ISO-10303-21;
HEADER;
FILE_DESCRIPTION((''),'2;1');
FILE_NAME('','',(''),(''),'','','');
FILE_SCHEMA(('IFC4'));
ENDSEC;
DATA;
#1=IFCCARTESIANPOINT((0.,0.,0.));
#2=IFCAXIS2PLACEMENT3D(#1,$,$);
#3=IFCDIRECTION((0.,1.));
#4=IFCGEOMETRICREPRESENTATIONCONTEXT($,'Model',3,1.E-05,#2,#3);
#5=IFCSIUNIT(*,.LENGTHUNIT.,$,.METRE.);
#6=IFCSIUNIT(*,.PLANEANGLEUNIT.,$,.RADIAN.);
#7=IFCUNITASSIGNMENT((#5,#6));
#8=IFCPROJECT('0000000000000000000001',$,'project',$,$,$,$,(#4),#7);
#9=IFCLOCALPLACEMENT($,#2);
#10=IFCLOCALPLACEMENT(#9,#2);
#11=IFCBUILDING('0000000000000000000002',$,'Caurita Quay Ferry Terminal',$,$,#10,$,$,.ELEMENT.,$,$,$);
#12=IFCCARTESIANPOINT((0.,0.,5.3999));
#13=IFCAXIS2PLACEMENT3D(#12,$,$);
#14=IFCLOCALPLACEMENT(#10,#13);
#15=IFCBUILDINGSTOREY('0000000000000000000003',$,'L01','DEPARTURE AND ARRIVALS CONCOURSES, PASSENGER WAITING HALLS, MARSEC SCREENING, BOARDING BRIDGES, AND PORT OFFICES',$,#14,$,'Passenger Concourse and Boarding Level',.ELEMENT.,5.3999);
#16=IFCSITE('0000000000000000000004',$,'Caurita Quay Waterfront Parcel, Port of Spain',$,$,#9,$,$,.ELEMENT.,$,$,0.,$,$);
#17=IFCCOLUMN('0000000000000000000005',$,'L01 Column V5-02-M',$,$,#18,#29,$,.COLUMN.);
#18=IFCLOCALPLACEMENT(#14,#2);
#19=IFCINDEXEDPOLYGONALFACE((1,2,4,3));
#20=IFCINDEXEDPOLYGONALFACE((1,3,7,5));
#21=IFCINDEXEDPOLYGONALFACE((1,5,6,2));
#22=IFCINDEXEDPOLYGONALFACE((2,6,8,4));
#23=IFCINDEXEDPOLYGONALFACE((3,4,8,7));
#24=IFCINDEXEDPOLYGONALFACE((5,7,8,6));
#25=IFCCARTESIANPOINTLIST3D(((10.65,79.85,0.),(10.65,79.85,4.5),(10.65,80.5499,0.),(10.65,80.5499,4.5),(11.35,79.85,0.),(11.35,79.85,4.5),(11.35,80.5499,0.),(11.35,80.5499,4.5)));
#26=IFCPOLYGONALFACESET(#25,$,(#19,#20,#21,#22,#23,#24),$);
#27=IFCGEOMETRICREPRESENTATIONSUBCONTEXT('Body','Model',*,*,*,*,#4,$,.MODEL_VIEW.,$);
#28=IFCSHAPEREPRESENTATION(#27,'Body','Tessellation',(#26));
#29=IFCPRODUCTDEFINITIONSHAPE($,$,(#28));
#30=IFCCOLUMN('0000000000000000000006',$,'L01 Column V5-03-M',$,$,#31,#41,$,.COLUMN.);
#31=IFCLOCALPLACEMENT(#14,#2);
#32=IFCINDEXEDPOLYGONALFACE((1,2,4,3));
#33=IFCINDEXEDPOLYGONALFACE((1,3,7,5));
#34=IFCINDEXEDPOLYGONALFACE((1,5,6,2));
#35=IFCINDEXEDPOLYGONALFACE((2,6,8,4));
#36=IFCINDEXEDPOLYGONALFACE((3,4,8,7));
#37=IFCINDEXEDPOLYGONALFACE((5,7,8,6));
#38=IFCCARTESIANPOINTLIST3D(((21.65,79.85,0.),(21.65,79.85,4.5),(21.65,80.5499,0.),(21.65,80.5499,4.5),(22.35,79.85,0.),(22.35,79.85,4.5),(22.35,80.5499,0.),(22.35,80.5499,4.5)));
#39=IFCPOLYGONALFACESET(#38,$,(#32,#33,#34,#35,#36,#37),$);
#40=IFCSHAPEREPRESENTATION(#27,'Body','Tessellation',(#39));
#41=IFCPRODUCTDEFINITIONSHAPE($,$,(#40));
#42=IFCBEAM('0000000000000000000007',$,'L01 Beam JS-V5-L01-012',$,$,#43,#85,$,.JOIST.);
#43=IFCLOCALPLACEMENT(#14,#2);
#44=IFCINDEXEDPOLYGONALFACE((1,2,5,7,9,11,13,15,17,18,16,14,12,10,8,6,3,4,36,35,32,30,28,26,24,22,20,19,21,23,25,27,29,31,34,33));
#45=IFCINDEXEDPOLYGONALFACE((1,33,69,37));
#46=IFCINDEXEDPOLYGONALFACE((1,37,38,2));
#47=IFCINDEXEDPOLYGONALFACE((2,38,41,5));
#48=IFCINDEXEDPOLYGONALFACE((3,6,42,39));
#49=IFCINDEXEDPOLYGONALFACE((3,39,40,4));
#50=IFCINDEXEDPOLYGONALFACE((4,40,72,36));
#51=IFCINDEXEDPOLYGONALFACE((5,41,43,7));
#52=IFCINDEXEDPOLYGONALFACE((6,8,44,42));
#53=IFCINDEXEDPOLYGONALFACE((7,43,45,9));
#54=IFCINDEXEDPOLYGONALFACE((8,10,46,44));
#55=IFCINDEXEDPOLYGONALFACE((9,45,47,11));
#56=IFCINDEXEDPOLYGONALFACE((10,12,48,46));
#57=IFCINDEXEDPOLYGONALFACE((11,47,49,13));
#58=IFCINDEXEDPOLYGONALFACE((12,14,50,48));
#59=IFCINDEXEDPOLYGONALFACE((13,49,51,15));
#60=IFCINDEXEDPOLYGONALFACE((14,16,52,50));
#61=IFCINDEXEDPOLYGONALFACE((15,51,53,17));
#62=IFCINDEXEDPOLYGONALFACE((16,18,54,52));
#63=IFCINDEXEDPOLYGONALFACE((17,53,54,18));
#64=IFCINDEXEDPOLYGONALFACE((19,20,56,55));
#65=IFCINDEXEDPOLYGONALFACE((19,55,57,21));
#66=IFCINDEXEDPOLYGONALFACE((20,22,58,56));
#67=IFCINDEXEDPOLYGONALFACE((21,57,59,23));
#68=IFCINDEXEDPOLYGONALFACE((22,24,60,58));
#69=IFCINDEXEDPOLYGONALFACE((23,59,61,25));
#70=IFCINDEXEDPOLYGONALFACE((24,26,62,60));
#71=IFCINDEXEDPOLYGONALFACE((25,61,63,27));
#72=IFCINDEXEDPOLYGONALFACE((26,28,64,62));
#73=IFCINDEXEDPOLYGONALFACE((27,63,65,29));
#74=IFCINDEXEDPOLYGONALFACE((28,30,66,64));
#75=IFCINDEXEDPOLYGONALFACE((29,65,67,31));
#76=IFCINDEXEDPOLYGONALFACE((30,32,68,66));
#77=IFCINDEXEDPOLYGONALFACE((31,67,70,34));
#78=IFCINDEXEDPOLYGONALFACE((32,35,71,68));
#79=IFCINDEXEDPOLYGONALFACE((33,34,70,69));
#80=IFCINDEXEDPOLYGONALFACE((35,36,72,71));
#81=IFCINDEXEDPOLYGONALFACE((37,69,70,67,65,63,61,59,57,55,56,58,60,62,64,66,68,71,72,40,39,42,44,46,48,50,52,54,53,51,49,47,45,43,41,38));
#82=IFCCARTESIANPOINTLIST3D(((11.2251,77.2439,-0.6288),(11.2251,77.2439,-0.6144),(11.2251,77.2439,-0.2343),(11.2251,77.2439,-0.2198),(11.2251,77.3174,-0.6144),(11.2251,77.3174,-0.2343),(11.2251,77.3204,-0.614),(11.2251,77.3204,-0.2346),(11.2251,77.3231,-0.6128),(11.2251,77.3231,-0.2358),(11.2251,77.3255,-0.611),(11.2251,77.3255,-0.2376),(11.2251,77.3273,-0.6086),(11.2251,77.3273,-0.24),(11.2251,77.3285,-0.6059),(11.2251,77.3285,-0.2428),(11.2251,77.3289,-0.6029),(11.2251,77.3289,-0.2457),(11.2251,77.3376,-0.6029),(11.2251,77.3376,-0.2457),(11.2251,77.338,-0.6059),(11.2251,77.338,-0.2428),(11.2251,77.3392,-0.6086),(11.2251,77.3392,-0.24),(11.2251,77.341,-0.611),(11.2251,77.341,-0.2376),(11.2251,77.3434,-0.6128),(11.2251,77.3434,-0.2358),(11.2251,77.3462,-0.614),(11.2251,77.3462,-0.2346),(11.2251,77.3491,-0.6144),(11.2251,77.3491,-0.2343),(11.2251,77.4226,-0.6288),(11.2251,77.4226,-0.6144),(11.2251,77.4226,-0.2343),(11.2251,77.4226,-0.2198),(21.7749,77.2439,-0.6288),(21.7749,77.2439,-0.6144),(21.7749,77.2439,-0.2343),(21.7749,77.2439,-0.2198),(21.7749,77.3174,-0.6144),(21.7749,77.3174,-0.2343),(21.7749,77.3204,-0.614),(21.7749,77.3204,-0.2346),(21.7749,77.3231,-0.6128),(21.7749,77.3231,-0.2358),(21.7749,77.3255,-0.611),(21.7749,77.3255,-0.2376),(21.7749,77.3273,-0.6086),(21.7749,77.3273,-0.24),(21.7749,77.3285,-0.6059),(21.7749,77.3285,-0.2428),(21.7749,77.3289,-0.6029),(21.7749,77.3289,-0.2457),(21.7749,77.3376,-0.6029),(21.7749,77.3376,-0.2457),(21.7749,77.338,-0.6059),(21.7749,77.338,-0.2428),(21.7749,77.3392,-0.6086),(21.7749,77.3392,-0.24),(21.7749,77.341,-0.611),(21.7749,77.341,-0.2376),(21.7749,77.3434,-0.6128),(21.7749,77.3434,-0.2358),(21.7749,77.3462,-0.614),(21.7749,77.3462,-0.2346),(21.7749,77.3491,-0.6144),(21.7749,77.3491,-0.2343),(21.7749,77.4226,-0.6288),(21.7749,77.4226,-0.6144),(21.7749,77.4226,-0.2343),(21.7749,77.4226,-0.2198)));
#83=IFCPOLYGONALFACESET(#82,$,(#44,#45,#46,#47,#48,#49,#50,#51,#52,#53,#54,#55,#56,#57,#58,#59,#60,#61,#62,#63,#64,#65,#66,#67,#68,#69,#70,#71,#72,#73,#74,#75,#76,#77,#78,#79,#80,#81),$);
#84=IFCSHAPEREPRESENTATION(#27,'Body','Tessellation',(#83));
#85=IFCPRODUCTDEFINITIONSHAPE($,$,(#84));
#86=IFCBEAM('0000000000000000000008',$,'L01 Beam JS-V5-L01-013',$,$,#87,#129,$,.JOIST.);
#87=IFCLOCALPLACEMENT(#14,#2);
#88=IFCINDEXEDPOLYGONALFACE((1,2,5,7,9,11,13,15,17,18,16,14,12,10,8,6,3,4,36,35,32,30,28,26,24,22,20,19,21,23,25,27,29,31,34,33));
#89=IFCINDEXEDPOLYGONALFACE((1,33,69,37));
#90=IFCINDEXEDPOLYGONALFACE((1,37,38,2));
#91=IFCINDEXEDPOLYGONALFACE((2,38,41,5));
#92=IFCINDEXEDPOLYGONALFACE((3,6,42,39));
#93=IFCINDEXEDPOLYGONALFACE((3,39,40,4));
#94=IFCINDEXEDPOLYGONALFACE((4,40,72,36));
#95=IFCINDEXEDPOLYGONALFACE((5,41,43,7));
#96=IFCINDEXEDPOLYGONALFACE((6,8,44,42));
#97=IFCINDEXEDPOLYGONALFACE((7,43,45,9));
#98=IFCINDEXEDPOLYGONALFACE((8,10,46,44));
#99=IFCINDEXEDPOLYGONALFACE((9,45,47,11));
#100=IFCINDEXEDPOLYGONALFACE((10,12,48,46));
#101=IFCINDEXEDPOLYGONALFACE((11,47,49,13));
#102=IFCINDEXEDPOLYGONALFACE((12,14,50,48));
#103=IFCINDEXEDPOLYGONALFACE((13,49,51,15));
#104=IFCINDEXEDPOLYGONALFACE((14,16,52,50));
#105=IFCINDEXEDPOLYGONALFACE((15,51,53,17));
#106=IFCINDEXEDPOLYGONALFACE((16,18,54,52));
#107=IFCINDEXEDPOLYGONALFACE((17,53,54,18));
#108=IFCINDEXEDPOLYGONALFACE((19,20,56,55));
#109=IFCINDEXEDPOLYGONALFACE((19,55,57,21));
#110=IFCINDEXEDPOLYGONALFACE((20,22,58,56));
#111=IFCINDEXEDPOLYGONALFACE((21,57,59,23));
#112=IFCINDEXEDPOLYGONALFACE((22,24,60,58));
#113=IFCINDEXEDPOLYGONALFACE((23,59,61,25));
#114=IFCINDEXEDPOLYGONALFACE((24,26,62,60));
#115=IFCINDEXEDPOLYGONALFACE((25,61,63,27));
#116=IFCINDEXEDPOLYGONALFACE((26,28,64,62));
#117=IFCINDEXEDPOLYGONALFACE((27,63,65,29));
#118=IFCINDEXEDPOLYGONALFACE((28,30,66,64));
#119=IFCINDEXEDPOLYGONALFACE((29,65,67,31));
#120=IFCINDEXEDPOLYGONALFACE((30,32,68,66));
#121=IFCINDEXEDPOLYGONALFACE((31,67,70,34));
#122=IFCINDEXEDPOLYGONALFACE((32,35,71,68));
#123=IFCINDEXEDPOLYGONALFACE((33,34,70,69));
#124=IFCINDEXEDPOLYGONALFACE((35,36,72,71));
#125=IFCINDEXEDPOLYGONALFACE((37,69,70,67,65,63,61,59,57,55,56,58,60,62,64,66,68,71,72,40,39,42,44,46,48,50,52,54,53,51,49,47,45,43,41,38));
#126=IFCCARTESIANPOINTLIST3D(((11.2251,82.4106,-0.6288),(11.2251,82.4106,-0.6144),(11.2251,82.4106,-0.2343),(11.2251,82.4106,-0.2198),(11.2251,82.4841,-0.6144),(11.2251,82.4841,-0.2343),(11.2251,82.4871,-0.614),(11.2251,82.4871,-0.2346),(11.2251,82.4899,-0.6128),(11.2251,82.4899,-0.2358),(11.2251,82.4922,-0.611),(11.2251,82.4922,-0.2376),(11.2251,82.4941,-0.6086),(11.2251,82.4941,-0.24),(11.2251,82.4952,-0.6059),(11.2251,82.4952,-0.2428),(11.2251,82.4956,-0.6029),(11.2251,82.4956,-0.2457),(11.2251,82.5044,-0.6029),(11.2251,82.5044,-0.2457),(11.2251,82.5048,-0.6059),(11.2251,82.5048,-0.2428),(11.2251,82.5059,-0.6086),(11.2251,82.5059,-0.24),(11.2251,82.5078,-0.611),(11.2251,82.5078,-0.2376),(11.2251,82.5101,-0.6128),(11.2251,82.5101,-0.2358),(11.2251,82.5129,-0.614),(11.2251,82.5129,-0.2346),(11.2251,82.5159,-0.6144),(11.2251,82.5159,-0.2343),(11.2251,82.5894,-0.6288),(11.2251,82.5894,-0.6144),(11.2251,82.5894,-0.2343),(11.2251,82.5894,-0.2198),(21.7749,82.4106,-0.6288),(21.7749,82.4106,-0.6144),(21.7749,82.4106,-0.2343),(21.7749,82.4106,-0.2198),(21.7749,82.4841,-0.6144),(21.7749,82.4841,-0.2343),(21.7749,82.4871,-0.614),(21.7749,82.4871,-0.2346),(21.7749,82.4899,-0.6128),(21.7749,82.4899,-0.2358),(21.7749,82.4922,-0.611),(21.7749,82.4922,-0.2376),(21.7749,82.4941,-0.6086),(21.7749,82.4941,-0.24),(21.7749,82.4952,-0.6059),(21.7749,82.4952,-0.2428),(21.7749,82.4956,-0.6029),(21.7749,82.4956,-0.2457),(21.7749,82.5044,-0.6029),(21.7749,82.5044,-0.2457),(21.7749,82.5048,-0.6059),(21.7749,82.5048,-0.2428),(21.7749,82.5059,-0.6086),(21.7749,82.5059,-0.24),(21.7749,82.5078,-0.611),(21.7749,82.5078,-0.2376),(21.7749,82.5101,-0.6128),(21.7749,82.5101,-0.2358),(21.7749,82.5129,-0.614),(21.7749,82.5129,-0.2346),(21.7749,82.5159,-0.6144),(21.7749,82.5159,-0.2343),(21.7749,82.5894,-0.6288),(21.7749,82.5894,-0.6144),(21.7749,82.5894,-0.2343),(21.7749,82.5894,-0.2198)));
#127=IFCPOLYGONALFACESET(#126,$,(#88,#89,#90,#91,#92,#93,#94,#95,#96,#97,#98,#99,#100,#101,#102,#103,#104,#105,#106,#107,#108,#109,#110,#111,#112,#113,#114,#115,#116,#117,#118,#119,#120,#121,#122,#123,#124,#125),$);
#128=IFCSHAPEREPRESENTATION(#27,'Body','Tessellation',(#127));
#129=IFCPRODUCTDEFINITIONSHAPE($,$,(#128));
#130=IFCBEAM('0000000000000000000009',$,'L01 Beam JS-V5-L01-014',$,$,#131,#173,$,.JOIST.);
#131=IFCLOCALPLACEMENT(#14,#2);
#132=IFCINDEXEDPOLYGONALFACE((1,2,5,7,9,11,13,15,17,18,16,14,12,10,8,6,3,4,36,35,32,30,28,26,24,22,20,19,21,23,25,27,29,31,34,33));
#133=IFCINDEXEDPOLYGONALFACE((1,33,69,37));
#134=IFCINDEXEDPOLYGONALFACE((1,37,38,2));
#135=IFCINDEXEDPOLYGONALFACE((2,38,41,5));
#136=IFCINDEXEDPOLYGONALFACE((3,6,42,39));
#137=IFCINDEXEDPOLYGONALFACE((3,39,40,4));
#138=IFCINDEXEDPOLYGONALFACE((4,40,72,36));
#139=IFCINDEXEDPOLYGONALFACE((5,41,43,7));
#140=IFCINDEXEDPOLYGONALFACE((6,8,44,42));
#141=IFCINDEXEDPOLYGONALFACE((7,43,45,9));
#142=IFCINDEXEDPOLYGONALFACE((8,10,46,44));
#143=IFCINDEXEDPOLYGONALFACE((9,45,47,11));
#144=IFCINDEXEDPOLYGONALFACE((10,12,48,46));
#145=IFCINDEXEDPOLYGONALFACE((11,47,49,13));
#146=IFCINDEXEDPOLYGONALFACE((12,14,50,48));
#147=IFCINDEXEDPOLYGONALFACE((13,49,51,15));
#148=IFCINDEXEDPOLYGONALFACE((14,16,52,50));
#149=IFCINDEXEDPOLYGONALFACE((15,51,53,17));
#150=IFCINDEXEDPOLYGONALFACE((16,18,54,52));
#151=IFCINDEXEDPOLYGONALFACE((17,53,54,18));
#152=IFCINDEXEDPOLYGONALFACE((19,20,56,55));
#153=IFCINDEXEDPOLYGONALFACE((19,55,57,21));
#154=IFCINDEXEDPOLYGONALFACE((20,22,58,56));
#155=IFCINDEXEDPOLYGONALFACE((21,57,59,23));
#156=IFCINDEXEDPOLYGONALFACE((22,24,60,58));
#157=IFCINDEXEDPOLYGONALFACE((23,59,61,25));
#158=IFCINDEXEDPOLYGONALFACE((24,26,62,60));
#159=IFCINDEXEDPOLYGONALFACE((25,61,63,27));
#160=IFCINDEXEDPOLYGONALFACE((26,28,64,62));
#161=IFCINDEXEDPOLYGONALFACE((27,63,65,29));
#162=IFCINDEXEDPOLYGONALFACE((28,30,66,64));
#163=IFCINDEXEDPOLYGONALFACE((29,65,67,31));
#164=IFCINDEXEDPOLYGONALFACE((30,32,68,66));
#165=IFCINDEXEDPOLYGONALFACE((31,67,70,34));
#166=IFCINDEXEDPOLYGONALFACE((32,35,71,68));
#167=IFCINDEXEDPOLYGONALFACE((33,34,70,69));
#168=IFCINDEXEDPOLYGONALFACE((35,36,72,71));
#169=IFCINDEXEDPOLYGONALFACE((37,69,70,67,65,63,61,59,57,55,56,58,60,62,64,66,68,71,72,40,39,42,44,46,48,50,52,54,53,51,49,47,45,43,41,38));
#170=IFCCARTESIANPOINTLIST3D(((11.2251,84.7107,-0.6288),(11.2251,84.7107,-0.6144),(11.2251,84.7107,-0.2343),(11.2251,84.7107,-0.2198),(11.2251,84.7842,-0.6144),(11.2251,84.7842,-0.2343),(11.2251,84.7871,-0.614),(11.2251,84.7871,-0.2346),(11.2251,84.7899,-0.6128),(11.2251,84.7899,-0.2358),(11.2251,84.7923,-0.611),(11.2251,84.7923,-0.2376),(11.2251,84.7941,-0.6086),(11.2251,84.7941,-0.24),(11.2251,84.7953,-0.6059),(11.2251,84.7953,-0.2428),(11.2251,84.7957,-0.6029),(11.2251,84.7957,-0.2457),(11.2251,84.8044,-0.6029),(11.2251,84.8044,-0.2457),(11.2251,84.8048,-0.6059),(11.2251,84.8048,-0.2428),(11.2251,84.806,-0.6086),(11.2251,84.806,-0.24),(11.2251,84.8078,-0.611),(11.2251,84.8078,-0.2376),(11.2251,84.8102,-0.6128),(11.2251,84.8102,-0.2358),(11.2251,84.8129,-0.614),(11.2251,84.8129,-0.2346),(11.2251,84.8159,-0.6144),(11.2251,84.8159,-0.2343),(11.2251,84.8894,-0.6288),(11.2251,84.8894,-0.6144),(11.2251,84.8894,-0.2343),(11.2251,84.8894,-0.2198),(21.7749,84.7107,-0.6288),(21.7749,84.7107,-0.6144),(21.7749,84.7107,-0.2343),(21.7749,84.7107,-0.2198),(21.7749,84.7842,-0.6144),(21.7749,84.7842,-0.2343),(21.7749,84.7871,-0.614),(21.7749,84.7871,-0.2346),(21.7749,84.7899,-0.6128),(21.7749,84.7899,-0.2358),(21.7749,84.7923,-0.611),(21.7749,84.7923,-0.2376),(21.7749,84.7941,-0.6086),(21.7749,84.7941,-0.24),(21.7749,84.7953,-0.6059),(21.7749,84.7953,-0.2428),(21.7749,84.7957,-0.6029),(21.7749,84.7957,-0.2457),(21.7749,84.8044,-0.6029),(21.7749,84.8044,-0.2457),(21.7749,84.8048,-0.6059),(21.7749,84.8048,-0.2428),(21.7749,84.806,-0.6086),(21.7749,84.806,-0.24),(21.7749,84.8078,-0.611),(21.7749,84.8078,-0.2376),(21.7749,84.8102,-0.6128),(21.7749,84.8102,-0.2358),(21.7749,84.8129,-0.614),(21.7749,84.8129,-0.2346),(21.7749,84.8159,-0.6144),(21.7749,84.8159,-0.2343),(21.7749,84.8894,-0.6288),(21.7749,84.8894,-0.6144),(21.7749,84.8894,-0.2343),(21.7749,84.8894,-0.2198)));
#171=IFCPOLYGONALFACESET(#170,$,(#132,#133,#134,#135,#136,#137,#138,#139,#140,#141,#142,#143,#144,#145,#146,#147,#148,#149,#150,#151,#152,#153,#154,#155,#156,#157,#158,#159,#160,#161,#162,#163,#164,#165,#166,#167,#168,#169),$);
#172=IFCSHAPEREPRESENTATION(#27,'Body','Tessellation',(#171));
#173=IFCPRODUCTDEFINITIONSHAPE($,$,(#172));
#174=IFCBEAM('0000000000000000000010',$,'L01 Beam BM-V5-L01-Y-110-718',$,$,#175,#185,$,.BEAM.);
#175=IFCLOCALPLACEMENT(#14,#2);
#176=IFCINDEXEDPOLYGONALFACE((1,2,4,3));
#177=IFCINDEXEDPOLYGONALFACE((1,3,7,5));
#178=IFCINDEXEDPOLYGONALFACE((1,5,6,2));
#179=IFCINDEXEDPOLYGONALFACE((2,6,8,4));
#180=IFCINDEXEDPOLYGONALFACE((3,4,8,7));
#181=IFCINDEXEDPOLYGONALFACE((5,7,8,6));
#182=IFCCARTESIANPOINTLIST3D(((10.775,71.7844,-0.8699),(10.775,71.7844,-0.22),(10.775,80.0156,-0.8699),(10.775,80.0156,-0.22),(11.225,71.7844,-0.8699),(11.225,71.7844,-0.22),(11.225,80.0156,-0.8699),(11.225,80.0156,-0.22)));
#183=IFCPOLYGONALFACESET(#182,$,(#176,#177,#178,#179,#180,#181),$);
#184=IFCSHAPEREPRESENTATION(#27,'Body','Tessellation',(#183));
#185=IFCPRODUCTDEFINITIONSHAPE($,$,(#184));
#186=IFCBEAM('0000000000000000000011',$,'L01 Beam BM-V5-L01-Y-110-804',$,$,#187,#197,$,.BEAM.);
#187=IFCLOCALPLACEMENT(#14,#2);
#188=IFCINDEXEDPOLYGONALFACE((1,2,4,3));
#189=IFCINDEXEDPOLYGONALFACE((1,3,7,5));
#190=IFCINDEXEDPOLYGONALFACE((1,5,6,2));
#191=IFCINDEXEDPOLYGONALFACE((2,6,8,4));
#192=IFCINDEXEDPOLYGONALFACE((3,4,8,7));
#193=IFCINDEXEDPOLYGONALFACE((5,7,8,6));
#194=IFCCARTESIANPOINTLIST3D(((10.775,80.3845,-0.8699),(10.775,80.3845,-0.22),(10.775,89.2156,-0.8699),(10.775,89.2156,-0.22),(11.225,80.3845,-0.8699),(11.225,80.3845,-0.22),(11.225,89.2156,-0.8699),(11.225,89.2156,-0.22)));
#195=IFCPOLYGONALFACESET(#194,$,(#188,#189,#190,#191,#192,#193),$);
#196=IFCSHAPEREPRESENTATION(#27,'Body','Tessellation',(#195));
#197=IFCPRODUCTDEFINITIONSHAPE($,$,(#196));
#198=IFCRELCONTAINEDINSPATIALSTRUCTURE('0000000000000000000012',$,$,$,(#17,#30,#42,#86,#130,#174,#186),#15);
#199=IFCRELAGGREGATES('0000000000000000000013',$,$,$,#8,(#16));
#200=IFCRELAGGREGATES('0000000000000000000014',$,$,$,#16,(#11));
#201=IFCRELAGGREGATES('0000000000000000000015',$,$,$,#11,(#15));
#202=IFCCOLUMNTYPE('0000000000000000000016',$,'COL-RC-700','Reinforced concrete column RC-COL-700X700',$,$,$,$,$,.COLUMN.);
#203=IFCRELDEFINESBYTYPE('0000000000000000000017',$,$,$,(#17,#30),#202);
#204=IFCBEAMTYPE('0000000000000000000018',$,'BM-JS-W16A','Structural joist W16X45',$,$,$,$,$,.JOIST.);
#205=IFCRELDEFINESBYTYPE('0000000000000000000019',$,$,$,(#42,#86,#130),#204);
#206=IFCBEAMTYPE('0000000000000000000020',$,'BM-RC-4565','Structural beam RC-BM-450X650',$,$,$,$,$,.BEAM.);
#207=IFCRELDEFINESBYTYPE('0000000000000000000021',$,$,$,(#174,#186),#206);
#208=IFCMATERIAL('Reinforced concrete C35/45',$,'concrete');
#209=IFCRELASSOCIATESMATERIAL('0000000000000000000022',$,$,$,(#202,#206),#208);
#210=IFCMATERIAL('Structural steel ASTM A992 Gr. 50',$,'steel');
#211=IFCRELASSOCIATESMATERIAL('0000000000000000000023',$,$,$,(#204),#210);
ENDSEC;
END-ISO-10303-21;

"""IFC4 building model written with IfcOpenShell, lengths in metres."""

from ifc_helpers import new_model, si_unit, direction, frame, origin, origin_2d, place, context, subcontext, project, spatial, rectangle, i_section, extrude, material, material_profile, profile_set, type_object, element, save


model = new_model("IFC4")

# Units and contexts
model_context = context("Model", 3, precision=1e-05, world=origin(), true_north=direction((0.0, 1.0)))
body_context = subcontext(model_context, "Body", "Model", "MODEL_VIEW")
ifc_project = project(units=[si_unit("LENGTHUNIT", "METRE"), si_unit("PLANEANGLEUNIT", "RADIAN")], contexts=[model_context])

# Site, building, storey
site_placement = place(None, origin())
site = spatial("IfcSite", under=ifc_project, at=site_placement, Name="Caurita Quay Waterfront Parcel, Port of Spain", CompositionType="ELEMENT", RefElevation=0.0)
building_placement = place(site_placement, origin())
building = spatial("IfcBuilding", under=site, at=building_placement, Name="Caurita Quay Ferry Terminal", CompositionType="ELEMENT")
storey_placement = place(building_placement, frame((0.0, 0.0, 5.3999)))
storey = spatial("IfcBuildingStorey", under=building, at=storey_placement, Name="L01", Description="DEPARTURE AND ARRIVALS CONCOURSES, PASSENGER WAITING HALLS, MARSEC SCREENING, BOARDING BRIDGES, AND PORT OFFICES", LongName="Passenger Concourse and Boarding Level", CompositionType="ELEMENT", Elevation=5.3999)

# Columns
ifc_material_1 = material(Name="Reinforced concrete C35/45", Category="concrete")
ifc_material_profile_1 = material_profile(ifc_material_1, rectangle(XDim=0.7, YDim=0.7, at=origin_2d()), Name="RC-COL-700X700")
ifc_profile_set_1 = profile_set([ifc_material_profile_1], Name="Reinforced concrete C35/45")
column_type = type_object("IfcColumnType", Name="COL-RC-700", Description="Reinforced concrete column RC-COL-700X700", PredefinedType="COLUMN", material=ifc_profile_set_1)
for number, where, z_axis, x_axis, name in (
    (1, (11.0, 80.2, 0.0), (0.0, 0.0, 1.0), (1.0, 0.0, 0.0), "L01 Column V5-02-M"),
    (2, (22.0, 80.2, 0.0), (0.0, 0.0, 1.0), (1.0, 0.0, 0.0), "L01 Column V5-03-M"),
):
    element("IfcColumn", number, at=place(storey_placement, frame(where, z_axis=z_axis, x_axis=x_axis)), inside=storey, type_object=column_type, Name=name, PredefinedType="COLUMN", context=body_context, shape_type="SweptSolid", body=[
        extrude(rectangle(XDim=0.7, YDim=0.7, at=origin_2d()), origin(), (0.0, 0.0, 1.0), 4.5),
    ])

# Beams
ifc_material_2 = material(Name="Structural steel ASTM A992 Gr. 50", Category="steel")
ifc_material_profile_2 = material_profile(ifc_material_2, i_section(OverallWidth=0.1787, OverallDepth=0.4089, WebThickness=0.0088, FlangeThickness=0.0144, FilletRadius=0.0115, at=origin_2d()), Name="W16X45")
ifc_profile_set_2 = profile_set([ifc_material_profile_2], Name="Structural steel ASTM A992 Gr. 50")
beam_type_1 = type_object("IfcBeamType", Name="BM-JS-W16A", Description="Structural joist W16X45", PredefinedType="JOIST", material=ifc_profile_set_2)
for number, where, z_axis, x_axis, name in (
    (3, (11.2251, 77.3333, -0.4243), (1.0, 0.0, 0.0), (0.0, 1.0, 0.0), "L01 Beam JS-V5-L01-012"),
    (4, (11.2251, 82.5, -0.4243), (1.0, 0.0, 0.0), (0.0, 1.0, 0.0), "L01 Beam JS-V5-L01-013"),
    (5, (11.2251, 84.8, -0.4243), (1.0, 0.0, 0.0), (0.0, 1.0, 0.0), "L01 Beam JS-V5-L01-014"),
):
    element("IfcBeam", number, at=place(storey_placement, frame(where, z_axis=z_axis, x_axis=x_axis)), inside=storey, type_object=beam_type_1, Name=name, PredefinedType="JOIST", context=body_context, shape_type="SweptSolid", body=[
        extrude(i_section(OverallWidth=0.1787, OverallDepth=0.4089, WebThickness=0.0088, FlangeThickness=0.0144, FilletRadius=0.0115, at=origin_2d()), origin(), (0.0, 0.0, 1.0), 10.5498),
    ])
ifc_material_profile_3 = material_profile(ifc_material_1, rectangle(XDim=0.45, YDim=0.6499, at=origin_2d()), Name="RC-BM-450X650")
ifc_profile_set_3 = profile_set([ifc_material_profile_3], Name="Reinforced concrete C35/45")
beam_type_2 = type_object("IfcBeamType", Name="BM-RC-4565", Description="Structural beam RC-BM-450X650", PredefinedType="BEAM", material=ifc_profile_set_3)
beam_1_placement = place(storey_placement, frame((11.0, 71.7844, -0.5449), z_axis=(0.0, 1.0, 0.0), x_axis=(-1.0, 0.0, 0.0)))
element("IfcBeam", 6, at=beam_1_placement, inside=storey, type_object=beam_type_2, Name="L01 Beam BM-V5-L01-Y-110-718", PredefinedType="BEAM", context=body_context, shape_type="SweptSolid", body=[
    extrude(rectangle(XDim=0.45, YDim=0.6499, at=origin_2d()), origin(), (0.0, 0.0, 1.0), 8.2312),
])
beam_2_placement = place(storey_placement, frame((11.0, 80.3845, -0.5449), z_axis=(0.0, 1.0, 0.0), x_axis=(-1.0, 0.0, 0.0)))
element("IfcBeam", 7, at=beam_2_placement, inside=storey, type_object=beam_type_2, Name="L01 Beam BM-V5-L01-Y-110-804", PredefinedType="BEAM", context=body_context, shape_type="SweptSolid", body=[
    extrude(rectangle(XDim=0.45, YDim=0.6499, at=origin_2d()), origin(), (0.0, 0.0, 1.0), 8.8311),
])

save(model, "model.ifc")
